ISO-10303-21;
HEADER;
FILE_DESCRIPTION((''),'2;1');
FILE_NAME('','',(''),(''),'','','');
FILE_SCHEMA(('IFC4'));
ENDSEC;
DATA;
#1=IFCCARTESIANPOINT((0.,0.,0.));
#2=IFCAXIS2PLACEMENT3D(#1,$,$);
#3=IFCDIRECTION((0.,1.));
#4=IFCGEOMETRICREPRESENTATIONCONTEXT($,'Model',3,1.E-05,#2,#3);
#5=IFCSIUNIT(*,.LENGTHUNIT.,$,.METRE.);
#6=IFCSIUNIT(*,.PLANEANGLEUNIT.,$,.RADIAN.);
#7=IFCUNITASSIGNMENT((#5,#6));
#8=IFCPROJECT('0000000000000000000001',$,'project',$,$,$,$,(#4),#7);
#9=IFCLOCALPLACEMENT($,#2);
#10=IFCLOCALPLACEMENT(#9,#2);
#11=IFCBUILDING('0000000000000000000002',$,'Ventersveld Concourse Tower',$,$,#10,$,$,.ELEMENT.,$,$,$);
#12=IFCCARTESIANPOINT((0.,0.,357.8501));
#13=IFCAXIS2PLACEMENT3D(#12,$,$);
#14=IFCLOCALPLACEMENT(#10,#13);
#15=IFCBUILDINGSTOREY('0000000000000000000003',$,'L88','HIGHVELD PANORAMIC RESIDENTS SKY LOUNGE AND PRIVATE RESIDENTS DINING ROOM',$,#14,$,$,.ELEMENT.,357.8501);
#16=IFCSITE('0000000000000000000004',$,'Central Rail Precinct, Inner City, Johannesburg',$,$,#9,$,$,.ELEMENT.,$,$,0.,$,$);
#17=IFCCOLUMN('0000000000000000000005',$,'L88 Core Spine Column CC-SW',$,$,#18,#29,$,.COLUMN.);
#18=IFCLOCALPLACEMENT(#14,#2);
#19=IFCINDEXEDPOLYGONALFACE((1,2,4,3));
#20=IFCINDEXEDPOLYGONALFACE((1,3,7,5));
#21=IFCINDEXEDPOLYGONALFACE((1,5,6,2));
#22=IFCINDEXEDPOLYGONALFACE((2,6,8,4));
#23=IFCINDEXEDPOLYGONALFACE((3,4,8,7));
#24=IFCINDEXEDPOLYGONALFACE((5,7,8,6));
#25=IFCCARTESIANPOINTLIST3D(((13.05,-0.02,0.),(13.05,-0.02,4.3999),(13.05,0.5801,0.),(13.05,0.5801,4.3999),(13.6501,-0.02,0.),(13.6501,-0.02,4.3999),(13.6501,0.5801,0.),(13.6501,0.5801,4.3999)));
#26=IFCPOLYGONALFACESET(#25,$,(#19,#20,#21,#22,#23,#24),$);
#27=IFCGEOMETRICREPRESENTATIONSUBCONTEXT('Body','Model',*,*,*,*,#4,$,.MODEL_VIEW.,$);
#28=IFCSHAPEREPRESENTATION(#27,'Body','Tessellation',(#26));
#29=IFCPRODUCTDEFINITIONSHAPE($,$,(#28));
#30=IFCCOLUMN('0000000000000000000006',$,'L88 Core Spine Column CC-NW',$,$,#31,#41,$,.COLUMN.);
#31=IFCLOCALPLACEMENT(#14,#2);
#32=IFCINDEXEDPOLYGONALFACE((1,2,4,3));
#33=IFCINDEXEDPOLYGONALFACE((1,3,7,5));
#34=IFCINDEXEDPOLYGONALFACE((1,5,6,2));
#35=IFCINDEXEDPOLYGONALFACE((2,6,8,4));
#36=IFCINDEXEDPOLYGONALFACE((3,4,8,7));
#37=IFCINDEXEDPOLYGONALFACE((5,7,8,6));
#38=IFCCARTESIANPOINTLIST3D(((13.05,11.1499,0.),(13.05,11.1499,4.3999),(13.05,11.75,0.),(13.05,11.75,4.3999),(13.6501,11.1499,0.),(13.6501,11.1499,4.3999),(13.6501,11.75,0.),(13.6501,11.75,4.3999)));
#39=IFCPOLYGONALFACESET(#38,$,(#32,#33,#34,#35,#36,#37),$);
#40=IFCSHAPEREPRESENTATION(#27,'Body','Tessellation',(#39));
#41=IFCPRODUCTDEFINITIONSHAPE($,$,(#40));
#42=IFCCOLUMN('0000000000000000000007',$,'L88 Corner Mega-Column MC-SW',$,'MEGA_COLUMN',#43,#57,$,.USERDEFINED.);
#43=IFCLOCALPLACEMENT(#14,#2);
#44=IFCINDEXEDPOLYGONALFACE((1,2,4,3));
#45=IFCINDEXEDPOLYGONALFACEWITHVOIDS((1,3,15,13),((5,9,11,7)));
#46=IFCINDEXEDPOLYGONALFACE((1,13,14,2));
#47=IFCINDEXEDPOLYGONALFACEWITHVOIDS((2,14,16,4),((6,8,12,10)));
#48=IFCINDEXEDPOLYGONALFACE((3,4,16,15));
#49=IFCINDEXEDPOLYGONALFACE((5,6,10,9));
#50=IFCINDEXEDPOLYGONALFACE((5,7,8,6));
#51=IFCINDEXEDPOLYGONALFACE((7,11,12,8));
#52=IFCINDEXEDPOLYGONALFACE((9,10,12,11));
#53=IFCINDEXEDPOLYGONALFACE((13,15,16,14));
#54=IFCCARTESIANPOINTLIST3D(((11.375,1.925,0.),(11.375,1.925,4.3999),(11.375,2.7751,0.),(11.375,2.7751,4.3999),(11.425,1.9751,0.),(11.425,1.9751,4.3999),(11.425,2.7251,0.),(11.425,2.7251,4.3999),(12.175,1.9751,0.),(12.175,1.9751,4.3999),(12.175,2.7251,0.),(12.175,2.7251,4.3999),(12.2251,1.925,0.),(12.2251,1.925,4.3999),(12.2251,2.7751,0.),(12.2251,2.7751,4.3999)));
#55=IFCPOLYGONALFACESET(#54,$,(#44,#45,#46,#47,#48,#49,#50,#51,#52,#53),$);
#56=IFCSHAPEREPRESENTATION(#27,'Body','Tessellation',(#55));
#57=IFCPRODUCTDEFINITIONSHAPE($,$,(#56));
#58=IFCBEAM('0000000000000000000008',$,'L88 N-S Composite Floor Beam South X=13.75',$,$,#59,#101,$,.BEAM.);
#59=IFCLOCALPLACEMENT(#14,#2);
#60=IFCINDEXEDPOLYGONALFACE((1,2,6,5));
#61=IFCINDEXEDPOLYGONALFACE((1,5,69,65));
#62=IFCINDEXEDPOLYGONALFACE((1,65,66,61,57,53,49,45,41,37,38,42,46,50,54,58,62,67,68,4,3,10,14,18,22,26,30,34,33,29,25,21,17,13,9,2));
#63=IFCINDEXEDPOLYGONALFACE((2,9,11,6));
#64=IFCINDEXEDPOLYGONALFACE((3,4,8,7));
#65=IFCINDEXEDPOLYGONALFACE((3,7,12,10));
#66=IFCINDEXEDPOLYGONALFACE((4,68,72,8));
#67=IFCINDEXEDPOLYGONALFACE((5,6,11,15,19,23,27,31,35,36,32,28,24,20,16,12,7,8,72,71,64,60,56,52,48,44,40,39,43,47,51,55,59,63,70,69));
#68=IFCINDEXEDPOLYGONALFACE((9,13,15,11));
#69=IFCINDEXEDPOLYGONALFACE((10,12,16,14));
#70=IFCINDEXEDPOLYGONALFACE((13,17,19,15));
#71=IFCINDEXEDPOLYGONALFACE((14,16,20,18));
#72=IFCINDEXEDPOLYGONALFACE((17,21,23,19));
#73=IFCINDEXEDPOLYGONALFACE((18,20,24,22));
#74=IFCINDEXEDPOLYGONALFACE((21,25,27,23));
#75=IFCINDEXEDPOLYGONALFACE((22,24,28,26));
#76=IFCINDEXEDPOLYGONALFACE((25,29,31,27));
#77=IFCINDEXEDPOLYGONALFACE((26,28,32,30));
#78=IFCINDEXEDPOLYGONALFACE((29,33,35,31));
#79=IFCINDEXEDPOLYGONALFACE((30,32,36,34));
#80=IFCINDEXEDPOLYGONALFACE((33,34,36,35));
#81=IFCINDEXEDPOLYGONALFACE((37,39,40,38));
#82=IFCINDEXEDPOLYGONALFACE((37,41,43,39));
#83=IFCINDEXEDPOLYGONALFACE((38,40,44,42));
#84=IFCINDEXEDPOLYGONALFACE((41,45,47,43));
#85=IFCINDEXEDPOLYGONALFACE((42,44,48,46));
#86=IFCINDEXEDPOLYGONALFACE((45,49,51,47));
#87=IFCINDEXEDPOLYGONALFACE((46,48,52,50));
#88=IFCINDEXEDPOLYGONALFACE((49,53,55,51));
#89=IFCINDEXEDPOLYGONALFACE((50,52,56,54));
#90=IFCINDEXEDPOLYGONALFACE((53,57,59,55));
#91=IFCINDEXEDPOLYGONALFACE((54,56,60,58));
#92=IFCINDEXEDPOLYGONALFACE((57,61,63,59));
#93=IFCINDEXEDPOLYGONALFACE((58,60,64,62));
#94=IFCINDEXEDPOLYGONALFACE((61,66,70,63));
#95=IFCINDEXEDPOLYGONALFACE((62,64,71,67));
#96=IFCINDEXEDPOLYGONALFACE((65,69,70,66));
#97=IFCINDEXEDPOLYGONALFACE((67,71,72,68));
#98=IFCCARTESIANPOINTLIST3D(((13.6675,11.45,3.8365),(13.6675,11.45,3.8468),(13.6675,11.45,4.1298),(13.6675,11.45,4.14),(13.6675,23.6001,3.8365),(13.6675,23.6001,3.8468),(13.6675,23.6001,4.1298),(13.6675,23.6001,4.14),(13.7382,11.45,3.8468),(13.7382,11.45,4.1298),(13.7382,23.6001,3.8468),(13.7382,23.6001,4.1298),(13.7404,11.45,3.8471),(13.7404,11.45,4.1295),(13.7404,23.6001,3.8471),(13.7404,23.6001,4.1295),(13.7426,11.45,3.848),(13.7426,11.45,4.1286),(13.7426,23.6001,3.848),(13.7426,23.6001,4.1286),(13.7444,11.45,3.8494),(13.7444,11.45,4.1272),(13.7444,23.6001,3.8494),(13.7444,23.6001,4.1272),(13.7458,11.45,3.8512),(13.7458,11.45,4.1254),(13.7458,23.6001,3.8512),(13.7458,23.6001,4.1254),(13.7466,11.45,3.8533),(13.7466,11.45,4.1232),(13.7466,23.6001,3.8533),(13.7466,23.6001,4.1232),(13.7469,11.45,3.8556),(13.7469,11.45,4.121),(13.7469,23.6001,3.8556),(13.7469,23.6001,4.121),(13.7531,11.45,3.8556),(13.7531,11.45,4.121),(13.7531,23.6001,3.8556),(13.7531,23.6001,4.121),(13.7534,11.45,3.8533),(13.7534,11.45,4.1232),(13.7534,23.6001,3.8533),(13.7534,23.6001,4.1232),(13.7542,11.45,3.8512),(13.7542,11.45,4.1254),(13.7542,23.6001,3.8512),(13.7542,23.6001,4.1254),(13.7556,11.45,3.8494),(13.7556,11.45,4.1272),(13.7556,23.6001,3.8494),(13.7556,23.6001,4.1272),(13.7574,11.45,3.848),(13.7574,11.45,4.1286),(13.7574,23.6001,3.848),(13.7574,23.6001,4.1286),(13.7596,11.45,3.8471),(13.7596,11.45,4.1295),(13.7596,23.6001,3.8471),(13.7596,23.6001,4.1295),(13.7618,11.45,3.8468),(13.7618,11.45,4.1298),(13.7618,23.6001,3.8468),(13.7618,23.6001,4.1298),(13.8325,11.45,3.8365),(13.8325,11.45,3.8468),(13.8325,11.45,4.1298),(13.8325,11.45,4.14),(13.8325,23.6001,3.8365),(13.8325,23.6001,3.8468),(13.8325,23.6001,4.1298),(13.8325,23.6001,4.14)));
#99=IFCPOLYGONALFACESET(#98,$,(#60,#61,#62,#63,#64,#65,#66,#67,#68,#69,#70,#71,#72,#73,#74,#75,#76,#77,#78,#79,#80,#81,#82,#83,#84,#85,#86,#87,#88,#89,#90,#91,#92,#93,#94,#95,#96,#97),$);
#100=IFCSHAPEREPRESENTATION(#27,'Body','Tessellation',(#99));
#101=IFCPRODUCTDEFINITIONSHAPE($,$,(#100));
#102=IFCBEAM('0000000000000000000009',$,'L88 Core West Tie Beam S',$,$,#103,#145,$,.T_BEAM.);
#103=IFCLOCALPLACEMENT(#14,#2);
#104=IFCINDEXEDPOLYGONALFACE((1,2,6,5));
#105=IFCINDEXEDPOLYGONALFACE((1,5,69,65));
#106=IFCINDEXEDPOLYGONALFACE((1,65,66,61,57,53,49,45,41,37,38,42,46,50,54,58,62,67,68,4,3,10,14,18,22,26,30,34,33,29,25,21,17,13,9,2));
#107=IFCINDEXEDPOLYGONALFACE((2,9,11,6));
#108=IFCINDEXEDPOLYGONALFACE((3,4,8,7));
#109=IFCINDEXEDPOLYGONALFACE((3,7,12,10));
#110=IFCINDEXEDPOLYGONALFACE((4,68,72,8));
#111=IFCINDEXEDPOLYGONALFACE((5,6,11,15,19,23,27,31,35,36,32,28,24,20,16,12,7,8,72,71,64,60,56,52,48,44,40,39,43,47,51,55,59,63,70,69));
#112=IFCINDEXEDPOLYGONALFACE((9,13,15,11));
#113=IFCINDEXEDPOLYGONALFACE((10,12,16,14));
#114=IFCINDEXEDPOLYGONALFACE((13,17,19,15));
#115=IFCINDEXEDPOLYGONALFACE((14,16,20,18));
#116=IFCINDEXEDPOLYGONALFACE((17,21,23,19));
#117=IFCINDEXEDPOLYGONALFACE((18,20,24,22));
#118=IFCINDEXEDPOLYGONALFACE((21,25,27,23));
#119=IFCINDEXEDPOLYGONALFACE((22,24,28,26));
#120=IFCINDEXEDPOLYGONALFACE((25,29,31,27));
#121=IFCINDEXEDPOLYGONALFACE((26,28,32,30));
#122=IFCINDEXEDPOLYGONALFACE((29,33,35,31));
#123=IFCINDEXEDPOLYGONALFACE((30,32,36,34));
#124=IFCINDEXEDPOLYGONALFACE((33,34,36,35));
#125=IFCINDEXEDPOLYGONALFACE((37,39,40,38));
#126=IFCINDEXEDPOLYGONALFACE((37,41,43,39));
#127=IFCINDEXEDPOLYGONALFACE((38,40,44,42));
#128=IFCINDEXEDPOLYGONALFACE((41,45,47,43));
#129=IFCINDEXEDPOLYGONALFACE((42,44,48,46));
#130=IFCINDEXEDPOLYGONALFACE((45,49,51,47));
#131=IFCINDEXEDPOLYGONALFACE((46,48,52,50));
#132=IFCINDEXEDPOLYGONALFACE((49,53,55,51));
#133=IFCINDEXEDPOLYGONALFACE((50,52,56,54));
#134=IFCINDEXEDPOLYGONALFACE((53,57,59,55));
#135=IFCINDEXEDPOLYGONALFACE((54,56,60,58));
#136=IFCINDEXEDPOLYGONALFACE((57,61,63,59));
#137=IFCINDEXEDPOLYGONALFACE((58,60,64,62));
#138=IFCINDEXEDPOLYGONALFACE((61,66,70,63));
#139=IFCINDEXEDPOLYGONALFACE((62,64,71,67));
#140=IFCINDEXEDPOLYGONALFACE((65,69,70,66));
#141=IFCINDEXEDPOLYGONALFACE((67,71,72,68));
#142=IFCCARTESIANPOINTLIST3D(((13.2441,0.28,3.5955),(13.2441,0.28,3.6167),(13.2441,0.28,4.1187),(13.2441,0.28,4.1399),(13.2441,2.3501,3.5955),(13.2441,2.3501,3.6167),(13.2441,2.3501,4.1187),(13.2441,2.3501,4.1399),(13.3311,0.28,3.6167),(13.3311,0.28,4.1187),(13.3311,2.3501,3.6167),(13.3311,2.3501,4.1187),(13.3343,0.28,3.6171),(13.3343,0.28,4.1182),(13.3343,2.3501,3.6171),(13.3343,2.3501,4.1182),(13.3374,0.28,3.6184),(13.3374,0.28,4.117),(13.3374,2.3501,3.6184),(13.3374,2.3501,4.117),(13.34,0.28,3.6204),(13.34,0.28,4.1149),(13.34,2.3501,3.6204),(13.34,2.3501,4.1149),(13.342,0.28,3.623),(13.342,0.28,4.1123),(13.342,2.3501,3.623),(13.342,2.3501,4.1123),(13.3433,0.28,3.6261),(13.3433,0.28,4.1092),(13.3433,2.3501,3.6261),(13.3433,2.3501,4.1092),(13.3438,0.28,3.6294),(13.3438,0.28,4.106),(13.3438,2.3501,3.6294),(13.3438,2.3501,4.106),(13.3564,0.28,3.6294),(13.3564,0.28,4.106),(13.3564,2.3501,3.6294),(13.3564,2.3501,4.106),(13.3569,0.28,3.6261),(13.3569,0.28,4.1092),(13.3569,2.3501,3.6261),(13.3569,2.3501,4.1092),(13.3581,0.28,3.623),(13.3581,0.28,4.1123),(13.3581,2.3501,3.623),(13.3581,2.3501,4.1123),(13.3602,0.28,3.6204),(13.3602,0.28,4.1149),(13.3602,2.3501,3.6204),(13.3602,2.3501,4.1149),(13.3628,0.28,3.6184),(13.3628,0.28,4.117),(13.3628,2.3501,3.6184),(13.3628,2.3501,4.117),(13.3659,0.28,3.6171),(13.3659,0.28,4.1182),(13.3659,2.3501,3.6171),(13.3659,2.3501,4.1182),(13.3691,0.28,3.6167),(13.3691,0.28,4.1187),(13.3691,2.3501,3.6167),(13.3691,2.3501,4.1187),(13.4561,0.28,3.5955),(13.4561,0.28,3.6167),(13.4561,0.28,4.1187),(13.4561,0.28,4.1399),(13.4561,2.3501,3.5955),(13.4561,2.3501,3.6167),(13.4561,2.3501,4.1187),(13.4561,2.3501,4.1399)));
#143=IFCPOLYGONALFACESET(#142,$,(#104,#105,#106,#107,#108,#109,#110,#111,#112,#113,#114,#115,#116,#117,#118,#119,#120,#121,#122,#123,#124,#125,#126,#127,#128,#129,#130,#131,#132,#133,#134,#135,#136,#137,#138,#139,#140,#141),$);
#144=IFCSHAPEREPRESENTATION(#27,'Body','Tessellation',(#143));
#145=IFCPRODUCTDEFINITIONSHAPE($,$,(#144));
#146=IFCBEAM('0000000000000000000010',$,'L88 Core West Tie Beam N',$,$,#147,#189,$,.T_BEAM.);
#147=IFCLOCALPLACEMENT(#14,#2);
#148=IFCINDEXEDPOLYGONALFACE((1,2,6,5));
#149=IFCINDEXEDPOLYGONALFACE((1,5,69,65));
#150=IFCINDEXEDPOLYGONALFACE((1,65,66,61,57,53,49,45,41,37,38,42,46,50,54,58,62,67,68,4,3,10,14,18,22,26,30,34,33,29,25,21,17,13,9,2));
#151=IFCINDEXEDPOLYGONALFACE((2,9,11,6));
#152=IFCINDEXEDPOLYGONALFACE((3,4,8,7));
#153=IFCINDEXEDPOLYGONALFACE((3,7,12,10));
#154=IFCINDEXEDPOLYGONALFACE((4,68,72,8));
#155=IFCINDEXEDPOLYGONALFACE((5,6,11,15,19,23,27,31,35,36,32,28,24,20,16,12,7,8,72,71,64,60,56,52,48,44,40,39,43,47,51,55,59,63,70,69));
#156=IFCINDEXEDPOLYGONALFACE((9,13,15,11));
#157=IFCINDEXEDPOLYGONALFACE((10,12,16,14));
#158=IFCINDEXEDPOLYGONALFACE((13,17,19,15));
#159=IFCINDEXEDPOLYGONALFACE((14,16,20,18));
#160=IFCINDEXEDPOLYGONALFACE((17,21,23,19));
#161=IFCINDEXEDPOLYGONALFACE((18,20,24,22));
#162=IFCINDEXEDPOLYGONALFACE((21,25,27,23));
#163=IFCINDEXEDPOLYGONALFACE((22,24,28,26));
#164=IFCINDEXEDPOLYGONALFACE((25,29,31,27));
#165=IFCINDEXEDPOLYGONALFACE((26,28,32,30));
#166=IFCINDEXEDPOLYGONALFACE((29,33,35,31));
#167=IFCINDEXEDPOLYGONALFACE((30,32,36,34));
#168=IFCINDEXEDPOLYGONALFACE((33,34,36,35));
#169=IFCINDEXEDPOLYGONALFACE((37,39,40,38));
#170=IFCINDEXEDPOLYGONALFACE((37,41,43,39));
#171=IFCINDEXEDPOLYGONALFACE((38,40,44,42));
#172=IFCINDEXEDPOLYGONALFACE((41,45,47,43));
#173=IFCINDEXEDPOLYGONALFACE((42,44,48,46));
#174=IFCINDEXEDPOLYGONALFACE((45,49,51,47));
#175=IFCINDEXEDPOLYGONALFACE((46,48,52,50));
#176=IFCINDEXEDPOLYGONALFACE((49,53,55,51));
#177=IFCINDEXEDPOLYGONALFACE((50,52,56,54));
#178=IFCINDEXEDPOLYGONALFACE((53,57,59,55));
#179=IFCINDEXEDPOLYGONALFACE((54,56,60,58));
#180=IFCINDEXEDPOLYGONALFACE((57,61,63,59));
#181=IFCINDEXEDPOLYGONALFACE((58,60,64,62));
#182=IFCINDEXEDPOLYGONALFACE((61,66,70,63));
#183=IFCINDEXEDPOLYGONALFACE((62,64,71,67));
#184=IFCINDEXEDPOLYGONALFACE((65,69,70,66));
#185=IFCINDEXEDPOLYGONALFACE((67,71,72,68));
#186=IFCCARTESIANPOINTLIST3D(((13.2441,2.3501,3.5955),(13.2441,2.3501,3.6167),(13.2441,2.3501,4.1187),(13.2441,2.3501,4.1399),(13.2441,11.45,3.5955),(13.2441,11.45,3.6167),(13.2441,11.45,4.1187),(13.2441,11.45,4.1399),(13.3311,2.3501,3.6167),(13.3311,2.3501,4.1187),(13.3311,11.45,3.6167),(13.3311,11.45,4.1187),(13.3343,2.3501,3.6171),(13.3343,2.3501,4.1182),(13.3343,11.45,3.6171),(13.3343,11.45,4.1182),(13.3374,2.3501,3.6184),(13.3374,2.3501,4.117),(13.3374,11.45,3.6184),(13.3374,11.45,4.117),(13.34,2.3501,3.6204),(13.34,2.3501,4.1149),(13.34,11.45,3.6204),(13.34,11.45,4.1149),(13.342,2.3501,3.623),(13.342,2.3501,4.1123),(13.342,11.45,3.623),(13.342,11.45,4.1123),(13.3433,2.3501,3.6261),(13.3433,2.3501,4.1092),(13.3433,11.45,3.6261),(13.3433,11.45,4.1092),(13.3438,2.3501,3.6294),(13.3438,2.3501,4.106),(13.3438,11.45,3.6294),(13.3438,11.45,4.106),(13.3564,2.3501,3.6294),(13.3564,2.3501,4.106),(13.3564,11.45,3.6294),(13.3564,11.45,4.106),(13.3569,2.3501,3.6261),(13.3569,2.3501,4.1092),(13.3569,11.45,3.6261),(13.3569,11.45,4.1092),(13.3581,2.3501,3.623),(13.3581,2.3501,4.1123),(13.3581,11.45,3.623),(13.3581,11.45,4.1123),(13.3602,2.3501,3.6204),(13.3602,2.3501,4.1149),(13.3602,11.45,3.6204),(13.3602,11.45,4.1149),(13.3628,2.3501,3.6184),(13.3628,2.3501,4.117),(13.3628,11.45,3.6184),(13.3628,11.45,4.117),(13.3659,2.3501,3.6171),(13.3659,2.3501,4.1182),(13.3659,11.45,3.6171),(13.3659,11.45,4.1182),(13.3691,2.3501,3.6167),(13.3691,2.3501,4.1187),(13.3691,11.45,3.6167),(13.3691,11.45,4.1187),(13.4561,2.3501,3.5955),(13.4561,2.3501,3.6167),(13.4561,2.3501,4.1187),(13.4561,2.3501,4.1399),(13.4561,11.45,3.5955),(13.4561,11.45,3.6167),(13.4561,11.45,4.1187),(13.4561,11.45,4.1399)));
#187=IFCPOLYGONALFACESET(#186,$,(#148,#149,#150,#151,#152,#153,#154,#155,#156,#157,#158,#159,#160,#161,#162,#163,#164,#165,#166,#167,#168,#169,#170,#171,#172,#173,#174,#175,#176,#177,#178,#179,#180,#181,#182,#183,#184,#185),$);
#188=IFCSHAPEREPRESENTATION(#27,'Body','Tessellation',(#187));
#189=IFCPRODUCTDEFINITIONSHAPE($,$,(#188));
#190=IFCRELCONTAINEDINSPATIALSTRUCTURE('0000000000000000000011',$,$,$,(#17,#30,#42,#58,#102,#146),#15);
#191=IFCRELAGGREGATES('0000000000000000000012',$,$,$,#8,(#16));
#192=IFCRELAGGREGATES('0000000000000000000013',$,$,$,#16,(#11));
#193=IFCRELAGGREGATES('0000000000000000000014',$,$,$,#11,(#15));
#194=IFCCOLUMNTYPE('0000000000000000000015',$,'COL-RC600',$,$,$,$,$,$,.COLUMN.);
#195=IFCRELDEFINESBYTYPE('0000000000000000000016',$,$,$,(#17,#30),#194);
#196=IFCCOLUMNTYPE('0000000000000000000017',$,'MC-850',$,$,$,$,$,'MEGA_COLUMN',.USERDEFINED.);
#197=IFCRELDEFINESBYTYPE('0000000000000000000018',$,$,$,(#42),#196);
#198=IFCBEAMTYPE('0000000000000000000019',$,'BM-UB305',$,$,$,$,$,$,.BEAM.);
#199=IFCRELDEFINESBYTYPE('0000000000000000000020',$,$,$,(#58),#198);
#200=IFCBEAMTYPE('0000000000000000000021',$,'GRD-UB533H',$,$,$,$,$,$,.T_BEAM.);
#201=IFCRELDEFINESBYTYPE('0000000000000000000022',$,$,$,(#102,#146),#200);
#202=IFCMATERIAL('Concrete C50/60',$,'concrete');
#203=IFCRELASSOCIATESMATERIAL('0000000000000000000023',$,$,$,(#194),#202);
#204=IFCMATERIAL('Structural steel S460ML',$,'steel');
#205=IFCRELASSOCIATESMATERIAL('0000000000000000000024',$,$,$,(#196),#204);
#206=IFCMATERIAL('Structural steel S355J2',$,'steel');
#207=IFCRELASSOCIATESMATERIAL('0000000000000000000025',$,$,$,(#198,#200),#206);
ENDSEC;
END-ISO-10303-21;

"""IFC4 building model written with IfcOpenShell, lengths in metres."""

from ifc_helpers import new_model, si_unit, direction, frame, origin, origin_2d, place, context, subcontext, project, spatial, rectangle, hollow_rectangle, i_section, extrude, material, material_profile, profile_set, type_object, element, save


model = new_model("IFC4")

# Units and contexts
model_context = context("Model", 3, precision=1e-05, world=origin(), true_north=direction((0.0, 1.0)))
body_context = subcontext(model_context, "Body", "Model", "MODEL_VIEW")
ifc_project = project(units=[si_unit("LENGTHUNIT", "METRE"), si_unit("PLANEANGLEUNIT", "RADIAN")], contexts=[model_context])

# Site, building, storey
site_placement = place(None, origin())
site = spatial("IfcSite", under=ifc_project, at=site_placement, Name="Central Rail Precinct, Inner City, Johannesburg", CompositionType="ELEMENT", RefElevation=0.0)
building_placement = place(site_placement, origin())
building = spatial("IfcBuilding", under=site, at=building_placement, Name="Ventersveld Concourse Tower", CompositionType="ELEMENT")
storey_placement = place(building_placement, frame((0.0, 0.0, 357.8501)))
storey = spatial("IfcBuildingStorey", under=building, at=storey_placement, Name="L88", Description="HIGHVELD PANORAMIC RESIDENTS SKY LOUNGE AND PRIVATE RESIDENTS DINING ROOM", CompositionType="ELEMENT", Elevation=357.8501)

# Columns
ifc_material_1 = material(Name="Concrete C50/60", Category="concrete")
ifc_material_profile_1 = material_profile(ifc_material_1, rectangle(XDim=0.6001, YDim=0.6001, at=origin_2d()), Name="RC 600x600")
ifc_profile_set_1 = profile_set([ifc_material_profile_1], Name="Concrete C50/60")
column_type_1 = type_object("IfcColumnType", Name="COL-RC600", PredefinedType="COLUMN", material=ifc_profile_set_1)
for number, where, z_axis, x_axis, name in (
    (1, (13.3501, 0.28, 0.0), (0.0, 0.0, 1.0), (1.0, 0.0, 0.0), "L88 Core Spine Column CC-SW"),
    (2, (13.3501, 11.45, 0.0), (0.0, 0.0, 1.0), (1.0, 0.0, 0.0), "L88 Core Spine Column CC-NW"),
):
    element("IfcColumn", number, at=place(storey_placement, frame(where, z_axis=z_axis, x_axis=x_axis)), inside=storey, type_object=column_type_1, Name=name, PredefinedType="COLUMN", context=body_context, shape_type="SweptSolid", body=[
        extrude(rectangle(XDim=0.6001, YDim=0.6001, at=origin_2d()), origin(), (0.0, 0.0, 1.0), 4.3999),
    ])
ifc_material_2 = material(Name="Structural steel S460ML", Category="steel")
ifc_material_profile_2 = material_profile(ifc_material_2, hollow_rectangle(XDim=0.8501, YDim=0.8501, WallThickness=0.05, at=origin_2d()), Name="BOX 850x850x50")
ifc_profile_set_2 = profile_set([ifc_material_profile_2], Name="Structural steel S460ML")
column_type_2 = type_object("IfcColumnType", Name="MC-850", ElementType="MEGA_COLUMN", PredefinedType="USERDEFINED", material=ifc_profile_set_2)
column_placement = place(storey_placement, frame((11.8, 2.3501, 0.0), z_axis=(0.0, 0.0, 1.0), x_axis=(1.0, 0.0, 0.0)))
element("IfcColumn", 3, at=column_placement, inside=storey, type_object=column_type_2, Name="L88 Corner Mega-Column MC-SW", ObjectType="MEGA_COLUMN", PredefinedType="USERDEFINED", context=body_context, shape_type="SweptSolid", body=[
    extrude(hollow_rectangle(XDim=0.8501, YDim=0.8501, WallThickness=0.05, at=origin_2d()), origin(), (0.0, 0.0, 1.0), 4.3999),
])

# Beams
ifc_material_3 = material(Name="Structural steel S355J2", Category="steel")
ifc_material_profile_3 = material_profile(ifc_material_3, i_section(OverallWidth=0.165, OverallDepth=0.3035, WebThickness=0.0061, FlangeThickness=0.0103, FilletRadius=0.0088, at=origin_2d()), Name="UB 305x165x40")
ifc_profile_set_3 = profile_set([ifc_material_profile_3], Name="Structural steel S355J2")
beam_type_1 = type_object("IfcBeamType", Name="BM-UB305", PredefinedType="BEAM", material=ifc_profile_set_3)
beam_1_placement = place(storey_placement, frame((13.75, 11.45, 3.9883), z_axis=(0.0, 1.0, 0.0), x_axis=(-1.0, 0.0, 0.0)))
element("IfcBeam", 4, at=beam_1_placement, inside=storey, type_object=beam_type_1, Name="L88 N-S Composite Floor Beam South X=13.75", PredefinedType="BEAM", context=body_context, shape_type="SweptSolid", body=[
    extrude(i_section(OverallWidth=0.165, OverallDepth=0.3035, WebThickness=0.0061, FlangeThickness=0.0103, FilletRadius=0.0088, at=origin_2d()), origin(), (0.0, 0.0, 1.0), 12.1501),
])
ifc_material_profile_4 = material_profile(ifc_material_3, i_section(OverallWidth=0.2119, OverallDepth=0.5444, WebThickness=0.0127, FlangeThickness=0.0212, FilletRadius=0.0127, at=origin_2d()), Name="UB 533x210x122")
ifc_profile_set_4 = profile_set([ifc_material_profile_4], Name="Structural steel S355J2")
beam_type_2 = type_object("IfcBeamType", Name="GRD-UB533H", PredefinedType="T_BEAM", material=ifc_profile_set_4)
beam_2_placement = place(storey_placement, frame((13.3501, 0.28, 3.8677), z_axis=(0.0, 1.0, 0.0), x_axis=(-1.0, 0.0, 0.0)))
element("IfcBeam", 5, at=beam_2_placement, inside=storey, type_object=beam_type_2, Name="L88 Core West Tie Beam S", PredefinedType="T_BEAM", context=body_context, shape_type="SweptSolid", body=[
    extrude(i_section(OverallWidth=0.2119, OverallDepth=0.5444, WebThickness=0.0127, FlangeThickness=0.0212, FilletRadius=0.0127, at=origin_2d()), origin(), (0.0, 0.0, 1.0), 2.0701),
])
beam_3_placement = place(storey_placement, frame((13.3501, 2.3501, 3.8677), z_axis=(0.0, 1.0, 0.0), x_axis=(-1.0, 0.0, 0.0)))
element("IfcBeam", 6, at=beam_3_placement, inside=storey, type_object=beam_type_2, Name="L88 Core West Tie Beam N", PredefinedType="T_BEAM", context=body_context, shape_type="SweptSolid", body=[
    extrude(i_section(OverallWidth=0.2119, OverallDepth=0.5444, WebThickness=0.0127, FlangeThickness=0.0212, FilletRadius=0.0127, at=origin_2d()), origin(), (0.0, 0.0, 1.0), 9.0999),
])

save(model, "model.ifc")
